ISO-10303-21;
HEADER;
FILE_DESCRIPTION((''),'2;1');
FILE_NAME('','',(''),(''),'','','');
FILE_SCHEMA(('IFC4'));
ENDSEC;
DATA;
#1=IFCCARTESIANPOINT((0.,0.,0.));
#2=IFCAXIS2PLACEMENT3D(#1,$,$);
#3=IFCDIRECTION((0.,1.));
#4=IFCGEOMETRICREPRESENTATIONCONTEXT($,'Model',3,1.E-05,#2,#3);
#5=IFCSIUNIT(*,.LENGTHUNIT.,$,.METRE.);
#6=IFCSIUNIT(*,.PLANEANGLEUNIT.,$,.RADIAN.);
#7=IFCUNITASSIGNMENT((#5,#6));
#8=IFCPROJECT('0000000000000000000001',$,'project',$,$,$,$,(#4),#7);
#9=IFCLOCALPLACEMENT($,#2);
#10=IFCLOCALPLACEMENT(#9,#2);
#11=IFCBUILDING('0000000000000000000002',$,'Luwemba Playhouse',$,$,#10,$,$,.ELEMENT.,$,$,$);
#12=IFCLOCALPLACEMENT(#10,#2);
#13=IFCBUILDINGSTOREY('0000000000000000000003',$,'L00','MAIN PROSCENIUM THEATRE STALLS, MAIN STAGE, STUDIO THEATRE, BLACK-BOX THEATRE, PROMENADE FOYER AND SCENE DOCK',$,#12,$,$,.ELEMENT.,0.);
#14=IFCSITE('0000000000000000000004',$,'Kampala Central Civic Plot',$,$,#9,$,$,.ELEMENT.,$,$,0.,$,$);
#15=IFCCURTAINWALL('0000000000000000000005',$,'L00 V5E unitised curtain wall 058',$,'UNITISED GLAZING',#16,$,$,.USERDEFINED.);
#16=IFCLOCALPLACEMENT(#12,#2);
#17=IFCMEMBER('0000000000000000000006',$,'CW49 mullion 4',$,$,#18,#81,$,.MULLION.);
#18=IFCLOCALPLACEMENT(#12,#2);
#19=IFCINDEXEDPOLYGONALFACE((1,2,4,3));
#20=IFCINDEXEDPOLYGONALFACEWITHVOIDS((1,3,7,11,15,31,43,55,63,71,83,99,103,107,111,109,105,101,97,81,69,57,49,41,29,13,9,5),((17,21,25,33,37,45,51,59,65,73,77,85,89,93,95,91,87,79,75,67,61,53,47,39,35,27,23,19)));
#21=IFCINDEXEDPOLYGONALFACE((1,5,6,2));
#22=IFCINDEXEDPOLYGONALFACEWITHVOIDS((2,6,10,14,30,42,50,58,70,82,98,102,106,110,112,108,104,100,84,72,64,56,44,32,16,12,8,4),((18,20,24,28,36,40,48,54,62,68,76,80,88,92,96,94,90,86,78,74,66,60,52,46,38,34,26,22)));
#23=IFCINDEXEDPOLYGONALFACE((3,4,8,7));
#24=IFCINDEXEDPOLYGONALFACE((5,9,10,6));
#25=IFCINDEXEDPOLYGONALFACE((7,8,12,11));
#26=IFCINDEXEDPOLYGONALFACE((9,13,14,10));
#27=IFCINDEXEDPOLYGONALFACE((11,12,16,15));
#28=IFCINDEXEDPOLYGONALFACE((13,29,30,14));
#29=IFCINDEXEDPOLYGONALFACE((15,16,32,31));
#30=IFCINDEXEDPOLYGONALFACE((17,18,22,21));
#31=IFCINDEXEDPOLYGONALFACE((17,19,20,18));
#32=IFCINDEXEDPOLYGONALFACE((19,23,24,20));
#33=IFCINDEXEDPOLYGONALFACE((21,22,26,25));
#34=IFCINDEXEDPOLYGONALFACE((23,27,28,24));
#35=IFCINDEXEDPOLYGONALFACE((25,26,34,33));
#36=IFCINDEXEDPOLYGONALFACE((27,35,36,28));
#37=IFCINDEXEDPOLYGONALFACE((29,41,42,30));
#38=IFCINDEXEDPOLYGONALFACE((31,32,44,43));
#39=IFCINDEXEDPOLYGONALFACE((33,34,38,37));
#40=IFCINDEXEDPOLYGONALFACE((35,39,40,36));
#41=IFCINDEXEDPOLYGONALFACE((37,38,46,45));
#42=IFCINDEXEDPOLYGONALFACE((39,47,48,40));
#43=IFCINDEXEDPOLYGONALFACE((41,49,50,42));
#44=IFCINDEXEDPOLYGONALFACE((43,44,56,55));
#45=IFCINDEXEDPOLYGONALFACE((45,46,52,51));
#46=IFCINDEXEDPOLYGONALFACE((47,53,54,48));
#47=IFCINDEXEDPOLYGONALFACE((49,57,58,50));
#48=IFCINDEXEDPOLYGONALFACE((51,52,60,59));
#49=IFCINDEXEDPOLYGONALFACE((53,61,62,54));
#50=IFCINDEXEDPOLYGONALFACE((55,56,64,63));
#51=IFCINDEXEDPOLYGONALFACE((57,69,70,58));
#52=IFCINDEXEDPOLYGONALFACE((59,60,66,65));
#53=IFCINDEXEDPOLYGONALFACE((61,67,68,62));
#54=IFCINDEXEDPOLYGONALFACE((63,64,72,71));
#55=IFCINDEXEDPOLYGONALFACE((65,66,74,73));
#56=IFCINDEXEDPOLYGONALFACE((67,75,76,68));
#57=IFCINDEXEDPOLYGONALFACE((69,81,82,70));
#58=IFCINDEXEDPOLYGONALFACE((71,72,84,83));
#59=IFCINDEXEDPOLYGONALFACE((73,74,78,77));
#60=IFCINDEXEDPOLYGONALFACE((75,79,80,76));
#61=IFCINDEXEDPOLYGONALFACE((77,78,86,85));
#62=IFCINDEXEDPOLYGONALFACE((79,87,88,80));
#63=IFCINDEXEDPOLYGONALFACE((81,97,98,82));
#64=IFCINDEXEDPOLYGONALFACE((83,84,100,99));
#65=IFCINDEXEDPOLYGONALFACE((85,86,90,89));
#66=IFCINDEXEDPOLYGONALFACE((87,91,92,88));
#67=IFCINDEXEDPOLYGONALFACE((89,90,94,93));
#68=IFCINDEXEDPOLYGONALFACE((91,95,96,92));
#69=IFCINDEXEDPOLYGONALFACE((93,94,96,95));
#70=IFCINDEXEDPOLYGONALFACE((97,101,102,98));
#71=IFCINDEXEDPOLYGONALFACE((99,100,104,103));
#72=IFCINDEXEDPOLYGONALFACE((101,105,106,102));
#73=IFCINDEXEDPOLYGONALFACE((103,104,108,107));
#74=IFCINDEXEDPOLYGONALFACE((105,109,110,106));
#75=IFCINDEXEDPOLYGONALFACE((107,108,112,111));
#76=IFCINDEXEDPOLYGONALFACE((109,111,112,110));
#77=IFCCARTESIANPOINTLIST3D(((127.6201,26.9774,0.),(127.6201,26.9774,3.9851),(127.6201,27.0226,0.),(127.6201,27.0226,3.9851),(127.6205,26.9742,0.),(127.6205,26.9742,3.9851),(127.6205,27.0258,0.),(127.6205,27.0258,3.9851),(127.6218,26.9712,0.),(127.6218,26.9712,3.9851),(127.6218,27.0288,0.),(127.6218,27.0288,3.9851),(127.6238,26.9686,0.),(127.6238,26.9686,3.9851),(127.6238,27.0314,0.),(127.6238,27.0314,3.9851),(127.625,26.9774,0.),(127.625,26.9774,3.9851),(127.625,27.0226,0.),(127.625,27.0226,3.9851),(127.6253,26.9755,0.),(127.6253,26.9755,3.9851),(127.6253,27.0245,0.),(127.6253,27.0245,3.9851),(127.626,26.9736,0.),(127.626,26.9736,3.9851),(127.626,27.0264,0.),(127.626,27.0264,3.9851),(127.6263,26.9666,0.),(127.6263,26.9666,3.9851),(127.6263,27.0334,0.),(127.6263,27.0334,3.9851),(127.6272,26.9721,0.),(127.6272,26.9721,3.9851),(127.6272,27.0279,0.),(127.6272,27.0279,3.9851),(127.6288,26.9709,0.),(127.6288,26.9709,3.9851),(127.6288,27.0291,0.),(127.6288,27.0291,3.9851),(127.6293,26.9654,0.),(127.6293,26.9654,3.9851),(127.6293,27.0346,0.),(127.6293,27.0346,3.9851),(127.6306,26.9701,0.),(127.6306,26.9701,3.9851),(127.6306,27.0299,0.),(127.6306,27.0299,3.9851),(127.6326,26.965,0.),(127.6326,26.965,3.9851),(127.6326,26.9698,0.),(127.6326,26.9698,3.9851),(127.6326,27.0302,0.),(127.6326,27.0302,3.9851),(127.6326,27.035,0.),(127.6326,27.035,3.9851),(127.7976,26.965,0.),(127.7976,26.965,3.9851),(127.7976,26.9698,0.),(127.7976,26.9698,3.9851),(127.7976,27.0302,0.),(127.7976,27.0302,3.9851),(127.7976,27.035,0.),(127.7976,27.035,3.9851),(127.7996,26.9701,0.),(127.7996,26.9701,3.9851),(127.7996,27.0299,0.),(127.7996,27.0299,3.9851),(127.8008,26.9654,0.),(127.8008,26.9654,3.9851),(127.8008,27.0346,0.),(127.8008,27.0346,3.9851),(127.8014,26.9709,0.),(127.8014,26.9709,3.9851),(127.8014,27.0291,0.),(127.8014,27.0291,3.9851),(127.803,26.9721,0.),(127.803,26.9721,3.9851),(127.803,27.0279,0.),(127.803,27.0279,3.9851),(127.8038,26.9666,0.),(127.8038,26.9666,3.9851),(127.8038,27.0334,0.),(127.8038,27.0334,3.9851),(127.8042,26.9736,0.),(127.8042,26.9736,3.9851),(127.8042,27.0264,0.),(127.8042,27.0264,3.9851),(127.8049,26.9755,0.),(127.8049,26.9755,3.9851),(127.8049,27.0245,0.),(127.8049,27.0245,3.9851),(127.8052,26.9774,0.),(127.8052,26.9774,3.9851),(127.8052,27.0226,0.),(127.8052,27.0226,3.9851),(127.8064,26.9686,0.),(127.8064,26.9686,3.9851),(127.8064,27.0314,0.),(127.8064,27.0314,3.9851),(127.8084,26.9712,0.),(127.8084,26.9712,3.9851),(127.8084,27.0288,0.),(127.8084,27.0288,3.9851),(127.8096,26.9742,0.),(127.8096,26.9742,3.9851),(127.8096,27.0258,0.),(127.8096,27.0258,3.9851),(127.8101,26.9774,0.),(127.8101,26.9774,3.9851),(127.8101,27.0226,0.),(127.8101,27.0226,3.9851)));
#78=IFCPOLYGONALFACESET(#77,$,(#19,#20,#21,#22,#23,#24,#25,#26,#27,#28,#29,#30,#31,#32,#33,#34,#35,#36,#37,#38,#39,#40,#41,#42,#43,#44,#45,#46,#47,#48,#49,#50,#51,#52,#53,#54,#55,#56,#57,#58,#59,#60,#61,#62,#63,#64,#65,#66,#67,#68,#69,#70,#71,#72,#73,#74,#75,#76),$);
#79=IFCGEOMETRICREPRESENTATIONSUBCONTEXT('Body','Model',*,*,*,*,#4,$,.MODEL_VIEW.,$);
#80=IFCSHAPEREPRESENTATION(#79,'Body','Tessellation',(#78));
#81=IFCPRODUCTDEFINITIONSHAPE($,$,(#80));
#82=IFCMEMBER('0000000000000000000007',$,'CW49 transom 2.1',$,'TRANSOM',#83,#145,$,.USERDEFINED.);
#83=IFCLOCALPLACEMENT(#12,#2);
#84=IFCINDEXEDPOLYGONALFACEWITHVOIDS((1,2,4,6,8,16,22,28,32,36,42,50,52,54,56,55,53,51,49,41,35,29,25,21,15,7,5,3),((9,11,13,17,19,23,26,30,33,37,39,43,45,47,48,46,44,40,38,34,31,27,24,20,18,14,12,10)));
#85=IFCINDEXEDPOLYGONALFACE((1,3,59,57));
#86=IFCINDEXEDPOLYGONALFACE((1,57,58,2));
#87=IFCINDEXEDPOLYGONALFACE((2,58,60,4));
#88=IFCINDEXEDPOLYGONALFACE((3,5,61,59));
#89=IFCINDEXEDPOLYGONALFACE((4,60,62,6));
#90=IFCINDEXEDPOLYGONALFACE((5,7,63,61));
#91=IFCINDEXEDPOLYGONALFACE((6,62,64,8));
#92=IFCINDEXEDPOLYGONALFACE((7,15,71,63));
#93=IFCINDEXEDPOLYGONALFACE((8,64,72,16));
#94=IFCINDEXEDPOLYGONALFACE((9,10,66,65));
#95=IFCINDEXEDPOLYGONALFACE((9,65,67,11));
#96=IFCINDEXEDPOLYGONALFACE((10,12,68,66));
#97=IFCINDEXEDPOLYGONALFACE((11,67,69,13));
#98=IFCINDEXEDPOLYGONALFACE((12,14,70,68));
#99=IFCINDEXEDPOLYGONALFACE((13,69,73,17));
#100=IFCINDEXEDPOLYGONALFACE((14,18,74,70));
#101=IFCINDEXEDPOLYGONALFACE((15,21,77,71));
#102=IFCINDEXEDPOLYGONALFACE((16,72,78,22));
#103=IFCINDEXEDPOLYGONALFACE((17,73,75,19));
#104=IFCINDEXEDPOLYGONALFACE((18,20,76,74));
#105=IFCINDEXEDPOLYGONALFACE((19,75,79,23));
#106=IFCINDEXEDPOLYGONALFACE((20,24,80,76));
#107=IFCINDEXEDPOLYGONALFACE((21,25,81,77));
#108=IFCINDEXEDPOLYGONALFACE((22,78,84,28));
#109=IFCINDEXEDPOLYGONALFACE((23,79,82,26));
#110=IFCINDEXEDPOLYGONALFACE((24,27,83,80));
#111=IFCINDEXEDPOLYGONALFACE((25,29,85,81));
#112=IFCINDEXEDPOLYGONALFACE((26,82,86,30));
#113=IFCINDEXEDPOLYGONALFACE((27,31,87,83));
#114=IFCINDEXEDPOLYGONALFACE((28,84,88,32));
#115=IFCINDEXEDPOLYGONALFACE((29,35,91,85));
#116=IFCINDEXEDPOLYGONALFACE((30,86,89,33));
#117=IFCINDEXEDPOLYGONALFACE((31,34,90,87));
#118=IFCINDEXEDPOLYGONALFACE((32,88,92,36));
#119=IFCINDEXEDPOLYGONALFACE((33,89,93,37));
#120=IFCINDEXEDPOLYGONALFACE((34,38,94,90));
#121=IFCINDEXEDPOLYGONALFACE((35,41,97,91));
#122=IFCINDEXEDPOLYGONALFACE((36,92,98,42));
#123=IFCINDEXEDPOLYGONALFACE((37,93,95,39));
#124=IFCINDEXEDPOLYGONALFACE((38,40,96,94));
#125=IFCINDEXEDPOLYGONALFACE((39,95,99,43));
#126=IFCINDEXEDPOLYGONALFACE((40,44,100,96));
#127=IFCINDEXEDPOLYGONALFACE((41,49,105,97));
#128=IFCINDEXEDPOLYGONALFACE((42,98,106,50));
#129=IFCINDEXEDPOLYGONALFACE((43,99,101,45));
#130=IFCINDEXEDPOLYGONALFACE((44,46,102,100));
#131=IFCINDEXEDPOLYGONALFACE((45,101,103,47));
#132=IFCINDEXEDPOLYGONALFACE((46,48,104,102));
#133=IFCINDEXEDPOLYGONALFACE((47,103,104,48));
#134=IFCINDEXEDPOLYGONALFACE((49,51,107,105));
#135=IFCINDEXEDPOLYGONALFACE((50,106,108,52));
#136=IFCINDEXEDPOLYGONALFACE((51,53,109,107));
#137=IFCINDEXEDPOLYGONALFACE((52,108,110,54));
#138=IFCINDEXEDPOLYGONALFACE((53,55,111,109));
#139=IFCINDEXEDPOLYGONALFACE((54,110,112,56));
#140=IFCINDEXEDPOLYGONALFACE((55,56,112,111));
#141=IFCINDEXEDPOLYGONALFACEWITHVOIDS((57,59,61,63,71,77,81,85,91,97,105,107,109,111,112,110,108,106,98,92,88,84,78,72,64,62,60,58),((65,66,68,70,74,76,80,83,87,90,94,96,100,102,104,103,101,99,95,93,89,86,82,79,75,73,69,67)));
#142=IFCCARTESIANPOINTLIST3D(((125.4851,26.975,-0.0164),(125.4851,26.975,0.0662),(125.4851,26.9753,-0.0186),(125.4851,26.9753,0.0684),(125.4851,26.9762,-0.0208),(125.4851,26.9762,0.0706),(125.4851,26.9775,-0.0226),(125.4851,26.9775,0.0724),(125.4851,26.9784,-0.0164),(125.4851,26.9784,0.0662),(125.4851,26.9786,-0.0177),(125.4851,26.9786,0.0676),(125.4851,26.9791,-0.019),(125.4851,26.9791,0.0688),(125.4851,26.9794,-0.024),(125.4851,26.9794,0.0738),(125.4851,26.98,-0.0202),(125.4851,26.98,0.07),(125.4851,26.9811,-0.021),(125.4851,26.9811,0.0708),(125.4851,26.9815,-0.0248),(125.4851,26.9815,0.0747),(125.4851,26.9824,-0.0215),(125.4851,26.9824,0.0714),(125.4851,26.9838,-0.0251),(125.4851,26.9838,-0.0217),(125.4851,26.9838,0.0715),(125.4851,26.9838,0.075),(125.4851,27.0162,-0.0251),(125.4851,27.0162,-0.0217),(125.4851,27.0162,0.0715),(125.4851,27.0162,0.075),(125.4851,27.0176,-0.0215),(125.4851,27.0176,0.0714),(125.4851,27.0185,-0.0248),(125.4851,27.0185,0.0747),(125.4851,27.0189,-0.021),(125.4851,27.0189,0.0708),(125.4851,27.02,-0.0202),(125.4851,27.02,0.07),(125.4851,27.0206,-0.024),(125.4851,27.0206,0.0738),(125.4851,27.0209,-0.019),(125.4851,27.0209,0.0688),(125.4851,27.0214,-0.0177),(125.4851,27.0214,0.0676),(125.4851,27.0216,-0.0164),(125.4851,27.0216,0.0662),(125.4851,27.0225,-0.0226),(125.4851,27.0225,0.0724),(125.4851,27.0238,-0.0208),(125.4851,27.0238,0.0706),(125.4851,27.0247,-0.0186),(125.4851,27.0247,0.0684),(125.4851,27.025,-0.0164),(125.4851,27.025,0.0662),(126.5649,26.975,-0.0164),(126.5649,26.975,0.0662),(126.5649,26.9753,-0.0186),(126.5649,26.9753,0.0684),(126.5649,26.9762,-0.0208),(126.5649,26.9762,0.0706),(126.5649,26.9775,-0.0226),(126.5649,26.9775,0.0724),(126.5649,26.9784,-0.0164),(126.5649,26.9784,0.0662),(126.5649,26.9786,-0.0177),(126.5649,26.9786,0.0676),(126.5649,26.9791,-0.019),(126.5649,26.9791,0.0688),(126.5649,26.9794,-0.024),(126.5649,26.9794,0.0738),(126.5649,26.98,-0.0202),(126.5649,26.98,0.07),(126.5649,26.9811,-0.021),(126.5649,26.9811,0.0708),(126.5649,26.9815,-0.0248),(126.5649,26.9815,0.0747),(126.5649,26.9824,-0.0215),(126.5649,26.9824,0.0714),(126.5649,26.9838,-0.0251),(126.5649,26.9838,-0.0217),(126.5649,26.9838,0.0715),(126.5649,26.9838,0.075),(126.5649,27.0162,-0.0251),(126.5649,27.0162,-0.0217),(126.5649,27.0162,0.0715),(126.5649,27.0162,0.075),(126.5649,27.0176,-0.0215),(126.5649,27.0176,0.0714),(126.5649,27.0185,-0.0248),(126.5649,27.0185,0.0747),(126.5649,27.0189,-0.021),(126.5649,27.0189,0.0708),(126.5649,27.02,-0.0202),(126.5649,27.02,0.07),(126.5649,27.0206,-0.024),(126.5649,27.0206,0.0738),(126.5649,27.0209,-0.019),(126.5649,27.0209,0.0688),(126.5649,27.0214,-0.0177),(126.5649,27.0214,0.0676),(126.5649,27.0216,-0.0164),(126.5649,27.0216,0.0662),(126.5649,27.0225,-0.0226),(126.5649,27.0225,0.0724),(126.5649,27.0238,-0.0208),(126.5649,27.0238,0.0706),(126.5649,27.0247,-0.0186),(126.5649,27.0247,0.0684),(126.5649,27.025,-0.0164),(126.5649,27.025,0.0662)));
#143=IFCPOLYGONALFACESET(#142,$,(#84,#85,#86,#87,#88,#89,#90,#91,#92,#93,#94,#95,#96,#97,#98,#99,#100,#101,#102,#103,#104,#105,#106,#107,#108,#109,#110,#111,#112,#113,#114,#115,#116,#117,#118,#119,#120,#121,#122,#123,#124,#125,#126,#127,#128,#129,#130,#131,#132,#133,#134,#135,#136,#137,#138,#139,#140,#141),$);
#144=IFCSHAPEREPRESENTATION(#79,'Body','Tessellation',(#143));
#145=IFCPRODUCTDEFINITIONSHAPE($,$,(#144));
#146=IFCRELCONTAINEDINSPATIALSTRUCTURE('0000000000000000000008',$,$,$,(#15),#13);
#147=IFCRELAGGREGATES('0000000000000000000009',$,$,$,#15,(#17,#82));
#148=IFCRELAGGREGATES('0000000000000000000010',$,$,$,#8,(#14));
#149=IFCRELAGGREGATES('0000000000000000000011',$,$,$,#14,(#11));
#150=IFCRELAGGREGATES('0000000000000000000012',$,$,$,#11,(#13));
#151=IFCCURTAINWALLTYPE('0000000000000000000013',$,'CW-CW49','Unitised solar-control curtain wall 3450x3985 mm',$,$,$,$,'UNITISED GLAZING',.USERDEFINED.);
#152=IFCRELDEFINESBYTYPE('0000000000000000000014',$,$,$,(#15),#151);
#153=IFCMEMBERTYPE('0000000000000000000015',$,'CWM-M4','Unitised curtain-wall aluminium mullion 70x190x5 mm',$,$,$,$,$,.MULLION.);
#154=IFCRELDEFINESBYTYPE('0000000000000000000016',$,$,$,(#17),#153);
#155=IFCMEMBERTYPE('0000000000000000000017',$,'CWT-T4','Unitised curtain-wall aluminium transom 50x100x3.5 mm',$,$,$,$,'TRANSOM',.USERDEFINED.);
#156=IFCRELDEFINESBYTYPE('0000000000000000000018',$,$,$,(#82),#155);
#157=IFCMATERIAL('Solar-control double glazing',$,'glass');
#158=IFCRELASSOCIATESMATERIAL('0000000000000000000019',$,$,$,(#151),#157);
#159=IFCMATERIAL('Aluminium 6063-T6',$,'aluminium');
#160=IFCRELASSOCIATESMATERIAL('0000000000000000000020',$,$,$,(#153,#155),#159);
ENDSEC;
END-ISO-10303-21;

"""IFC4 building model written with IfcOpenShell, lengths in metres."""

from ifc_helpers import new_model, si_unit, direction, frame, origin, origin_2d, place, context, subcontext, project, spatial, hollow_rectangle, extrude, material, material_profile, profile_set, type_object, element, aggregate, save


model = new_model("IFC4")

# Units and contexts
model_context = context("Model", 3, precision=1e-05, world=origin(), true_north=direction((0.0, 1.0)))
body_context = subcontext(model_context, "Body", "Model", "MODEL_VIEW")
ifc_project = project(units=[si_unit("LENGTHUNIT", "METRE"), si_unit("PLANEANGLEUNIT", "RADIAN")], contexts=[model_context])

# Site, building, storey
site_placement = place(None, origin())
site = spatial("IfcSite", under=ifc_project, at=site_placement, Name="Kampala Central Civic Plot", CompositionType="ELEMENT", RefElevation=0.0)
building_placement = place(site_placement, origin())
building = spatial("IfcBuilding", under=site, at=building_placement, Name="Luwemba Playhouse", CompositionType="ELEMENT")
storey_placement = place(building_placement, origin())
storey = spatial("IfcBuildingStorey", under=building, at=storey_placement, Name="L00", Description="MAIN PROSCENIUM THEATRE STALLS, MAIN STAGE, STUDIO THEATRE, BLACK-BOX THEATRE, PROMENADE FOYER AND SCENE DOCK", CompositionType="ELEMENT", Elevation=0.0)

# Curtain wall, members
ifc_material_1 = material(Name="Solar-control double glazing", Category="glass")
curtain_wall_type = type_object("IfcCurtainWallType", Name="CW-CW49", Description="Unitised solar-control curtain wall 3450x3985 mm", ElementType="UNITISED GLAZING", PredefinedType="USERDEFINED", material=ifc_material_1)
curtain_wall_placement = place(storey_placement, origin())
curtain_wall = element("IfcCurtainWall", 1, at=curtain_wall_placement, inside=storey, type_object=curtain_wall_type, Name="L00 V5E unitised curtain wall 058", ObjectType="UNITISED GLAZING", PredefinedType="USERDEFINED")
ifc_material_2 = material(Name="Aluminium 6063-T6", Category="aluminium")
ifc_material_profile_1 = material_profile(ifc_material_2, hollow_rectangle(XDim=0.0701, YDim=0.1899, WallThickness=0.0049, InnerFilletRadius=0.0076, OuterFilletRadius=0.0125, at=origin_2d()))
ifc_profile_set_1 = profile_set([ifc_material_profile_1], Name="Aluminium 6063-T6")
member_type_1 = type_object("IfcMemberType", Name="CWM-M4", Description="Unitised curtain-wall aluminium mullion 70x190x5 mm", PredefinedType="MULLION", material=ifc_profile_set_1)
member_1_placement = place(storey_placement, frame((127.7151, 27.0, 0.0), z_axis=(0.0, 0.0, 1.0), x_axis=(0.0, 1.0, 0.0)))
member_1 = element("IfcMember", 2, at=member_1_placement, type_object=member_type_1, Name="CW49 mullion 4", PredefinedType="MULLION", context=body_context, shape_type="SweptSolid", body=[
    extrude(hollow_rectangle(XDim=0.0701, YDim=0.1899, WallThickness=0.0049, InnerFilletRadius=0.0076, OuterFilletRadius=0.0125, at=origin_2d()), origin(), (0.0, 0.0, 1.0), 3.9851),
])
ifc_material_profile_2 = material_profile(ifc_material_2, hollow_rectangle(XDim=0.05, YDim=0.1001, WallThickness=0.0034, InnerFilletRadius=0.0054, OuterFilletRadius=0.0088, at=origin_2d()))
ifc_profile_set_2 = profile_set([ifc_material_profile_2], Name="Aluminium 6063-T6")
member_type_2 = type_object("IfcMemberType", Name="CWT-T4", Description="Unitised curtain-wall aluminium transom 50x100x3.5 mm", ElementType="TRANSOM", PredefinedType="USERDEFINED", material=ifc_profile_set_2)
member_2_placement = place(storey_placement, frame((125.4851, 27.0, 0.0249), z_axis=(1.0, 0.0, 0.0), x_axis=(0.0, 1.0, 0.0)))
member_2 = element("IfcMember", 3, at=member_2_placement, type_object=member_type_2, Name="CW49 transom 2.1", ObjectType="TRANSOM", PredefinedType="USERDEFINED", context=body_context, shape_type="SweptSolid", body=[
    extrude(hollow_rectangle(XDim=0.05, YDim=0.1001, WallThickness=0.0034, InnerFilletRadius=0.0054, OuterFilletRadius=0.0088, at=origin_2d()), origin(), (0.0, 0.0, 1.0), 1.0798),
])
aggregate(curtain_wall, [member_1, member_2])

save(model, "model.ifc")
